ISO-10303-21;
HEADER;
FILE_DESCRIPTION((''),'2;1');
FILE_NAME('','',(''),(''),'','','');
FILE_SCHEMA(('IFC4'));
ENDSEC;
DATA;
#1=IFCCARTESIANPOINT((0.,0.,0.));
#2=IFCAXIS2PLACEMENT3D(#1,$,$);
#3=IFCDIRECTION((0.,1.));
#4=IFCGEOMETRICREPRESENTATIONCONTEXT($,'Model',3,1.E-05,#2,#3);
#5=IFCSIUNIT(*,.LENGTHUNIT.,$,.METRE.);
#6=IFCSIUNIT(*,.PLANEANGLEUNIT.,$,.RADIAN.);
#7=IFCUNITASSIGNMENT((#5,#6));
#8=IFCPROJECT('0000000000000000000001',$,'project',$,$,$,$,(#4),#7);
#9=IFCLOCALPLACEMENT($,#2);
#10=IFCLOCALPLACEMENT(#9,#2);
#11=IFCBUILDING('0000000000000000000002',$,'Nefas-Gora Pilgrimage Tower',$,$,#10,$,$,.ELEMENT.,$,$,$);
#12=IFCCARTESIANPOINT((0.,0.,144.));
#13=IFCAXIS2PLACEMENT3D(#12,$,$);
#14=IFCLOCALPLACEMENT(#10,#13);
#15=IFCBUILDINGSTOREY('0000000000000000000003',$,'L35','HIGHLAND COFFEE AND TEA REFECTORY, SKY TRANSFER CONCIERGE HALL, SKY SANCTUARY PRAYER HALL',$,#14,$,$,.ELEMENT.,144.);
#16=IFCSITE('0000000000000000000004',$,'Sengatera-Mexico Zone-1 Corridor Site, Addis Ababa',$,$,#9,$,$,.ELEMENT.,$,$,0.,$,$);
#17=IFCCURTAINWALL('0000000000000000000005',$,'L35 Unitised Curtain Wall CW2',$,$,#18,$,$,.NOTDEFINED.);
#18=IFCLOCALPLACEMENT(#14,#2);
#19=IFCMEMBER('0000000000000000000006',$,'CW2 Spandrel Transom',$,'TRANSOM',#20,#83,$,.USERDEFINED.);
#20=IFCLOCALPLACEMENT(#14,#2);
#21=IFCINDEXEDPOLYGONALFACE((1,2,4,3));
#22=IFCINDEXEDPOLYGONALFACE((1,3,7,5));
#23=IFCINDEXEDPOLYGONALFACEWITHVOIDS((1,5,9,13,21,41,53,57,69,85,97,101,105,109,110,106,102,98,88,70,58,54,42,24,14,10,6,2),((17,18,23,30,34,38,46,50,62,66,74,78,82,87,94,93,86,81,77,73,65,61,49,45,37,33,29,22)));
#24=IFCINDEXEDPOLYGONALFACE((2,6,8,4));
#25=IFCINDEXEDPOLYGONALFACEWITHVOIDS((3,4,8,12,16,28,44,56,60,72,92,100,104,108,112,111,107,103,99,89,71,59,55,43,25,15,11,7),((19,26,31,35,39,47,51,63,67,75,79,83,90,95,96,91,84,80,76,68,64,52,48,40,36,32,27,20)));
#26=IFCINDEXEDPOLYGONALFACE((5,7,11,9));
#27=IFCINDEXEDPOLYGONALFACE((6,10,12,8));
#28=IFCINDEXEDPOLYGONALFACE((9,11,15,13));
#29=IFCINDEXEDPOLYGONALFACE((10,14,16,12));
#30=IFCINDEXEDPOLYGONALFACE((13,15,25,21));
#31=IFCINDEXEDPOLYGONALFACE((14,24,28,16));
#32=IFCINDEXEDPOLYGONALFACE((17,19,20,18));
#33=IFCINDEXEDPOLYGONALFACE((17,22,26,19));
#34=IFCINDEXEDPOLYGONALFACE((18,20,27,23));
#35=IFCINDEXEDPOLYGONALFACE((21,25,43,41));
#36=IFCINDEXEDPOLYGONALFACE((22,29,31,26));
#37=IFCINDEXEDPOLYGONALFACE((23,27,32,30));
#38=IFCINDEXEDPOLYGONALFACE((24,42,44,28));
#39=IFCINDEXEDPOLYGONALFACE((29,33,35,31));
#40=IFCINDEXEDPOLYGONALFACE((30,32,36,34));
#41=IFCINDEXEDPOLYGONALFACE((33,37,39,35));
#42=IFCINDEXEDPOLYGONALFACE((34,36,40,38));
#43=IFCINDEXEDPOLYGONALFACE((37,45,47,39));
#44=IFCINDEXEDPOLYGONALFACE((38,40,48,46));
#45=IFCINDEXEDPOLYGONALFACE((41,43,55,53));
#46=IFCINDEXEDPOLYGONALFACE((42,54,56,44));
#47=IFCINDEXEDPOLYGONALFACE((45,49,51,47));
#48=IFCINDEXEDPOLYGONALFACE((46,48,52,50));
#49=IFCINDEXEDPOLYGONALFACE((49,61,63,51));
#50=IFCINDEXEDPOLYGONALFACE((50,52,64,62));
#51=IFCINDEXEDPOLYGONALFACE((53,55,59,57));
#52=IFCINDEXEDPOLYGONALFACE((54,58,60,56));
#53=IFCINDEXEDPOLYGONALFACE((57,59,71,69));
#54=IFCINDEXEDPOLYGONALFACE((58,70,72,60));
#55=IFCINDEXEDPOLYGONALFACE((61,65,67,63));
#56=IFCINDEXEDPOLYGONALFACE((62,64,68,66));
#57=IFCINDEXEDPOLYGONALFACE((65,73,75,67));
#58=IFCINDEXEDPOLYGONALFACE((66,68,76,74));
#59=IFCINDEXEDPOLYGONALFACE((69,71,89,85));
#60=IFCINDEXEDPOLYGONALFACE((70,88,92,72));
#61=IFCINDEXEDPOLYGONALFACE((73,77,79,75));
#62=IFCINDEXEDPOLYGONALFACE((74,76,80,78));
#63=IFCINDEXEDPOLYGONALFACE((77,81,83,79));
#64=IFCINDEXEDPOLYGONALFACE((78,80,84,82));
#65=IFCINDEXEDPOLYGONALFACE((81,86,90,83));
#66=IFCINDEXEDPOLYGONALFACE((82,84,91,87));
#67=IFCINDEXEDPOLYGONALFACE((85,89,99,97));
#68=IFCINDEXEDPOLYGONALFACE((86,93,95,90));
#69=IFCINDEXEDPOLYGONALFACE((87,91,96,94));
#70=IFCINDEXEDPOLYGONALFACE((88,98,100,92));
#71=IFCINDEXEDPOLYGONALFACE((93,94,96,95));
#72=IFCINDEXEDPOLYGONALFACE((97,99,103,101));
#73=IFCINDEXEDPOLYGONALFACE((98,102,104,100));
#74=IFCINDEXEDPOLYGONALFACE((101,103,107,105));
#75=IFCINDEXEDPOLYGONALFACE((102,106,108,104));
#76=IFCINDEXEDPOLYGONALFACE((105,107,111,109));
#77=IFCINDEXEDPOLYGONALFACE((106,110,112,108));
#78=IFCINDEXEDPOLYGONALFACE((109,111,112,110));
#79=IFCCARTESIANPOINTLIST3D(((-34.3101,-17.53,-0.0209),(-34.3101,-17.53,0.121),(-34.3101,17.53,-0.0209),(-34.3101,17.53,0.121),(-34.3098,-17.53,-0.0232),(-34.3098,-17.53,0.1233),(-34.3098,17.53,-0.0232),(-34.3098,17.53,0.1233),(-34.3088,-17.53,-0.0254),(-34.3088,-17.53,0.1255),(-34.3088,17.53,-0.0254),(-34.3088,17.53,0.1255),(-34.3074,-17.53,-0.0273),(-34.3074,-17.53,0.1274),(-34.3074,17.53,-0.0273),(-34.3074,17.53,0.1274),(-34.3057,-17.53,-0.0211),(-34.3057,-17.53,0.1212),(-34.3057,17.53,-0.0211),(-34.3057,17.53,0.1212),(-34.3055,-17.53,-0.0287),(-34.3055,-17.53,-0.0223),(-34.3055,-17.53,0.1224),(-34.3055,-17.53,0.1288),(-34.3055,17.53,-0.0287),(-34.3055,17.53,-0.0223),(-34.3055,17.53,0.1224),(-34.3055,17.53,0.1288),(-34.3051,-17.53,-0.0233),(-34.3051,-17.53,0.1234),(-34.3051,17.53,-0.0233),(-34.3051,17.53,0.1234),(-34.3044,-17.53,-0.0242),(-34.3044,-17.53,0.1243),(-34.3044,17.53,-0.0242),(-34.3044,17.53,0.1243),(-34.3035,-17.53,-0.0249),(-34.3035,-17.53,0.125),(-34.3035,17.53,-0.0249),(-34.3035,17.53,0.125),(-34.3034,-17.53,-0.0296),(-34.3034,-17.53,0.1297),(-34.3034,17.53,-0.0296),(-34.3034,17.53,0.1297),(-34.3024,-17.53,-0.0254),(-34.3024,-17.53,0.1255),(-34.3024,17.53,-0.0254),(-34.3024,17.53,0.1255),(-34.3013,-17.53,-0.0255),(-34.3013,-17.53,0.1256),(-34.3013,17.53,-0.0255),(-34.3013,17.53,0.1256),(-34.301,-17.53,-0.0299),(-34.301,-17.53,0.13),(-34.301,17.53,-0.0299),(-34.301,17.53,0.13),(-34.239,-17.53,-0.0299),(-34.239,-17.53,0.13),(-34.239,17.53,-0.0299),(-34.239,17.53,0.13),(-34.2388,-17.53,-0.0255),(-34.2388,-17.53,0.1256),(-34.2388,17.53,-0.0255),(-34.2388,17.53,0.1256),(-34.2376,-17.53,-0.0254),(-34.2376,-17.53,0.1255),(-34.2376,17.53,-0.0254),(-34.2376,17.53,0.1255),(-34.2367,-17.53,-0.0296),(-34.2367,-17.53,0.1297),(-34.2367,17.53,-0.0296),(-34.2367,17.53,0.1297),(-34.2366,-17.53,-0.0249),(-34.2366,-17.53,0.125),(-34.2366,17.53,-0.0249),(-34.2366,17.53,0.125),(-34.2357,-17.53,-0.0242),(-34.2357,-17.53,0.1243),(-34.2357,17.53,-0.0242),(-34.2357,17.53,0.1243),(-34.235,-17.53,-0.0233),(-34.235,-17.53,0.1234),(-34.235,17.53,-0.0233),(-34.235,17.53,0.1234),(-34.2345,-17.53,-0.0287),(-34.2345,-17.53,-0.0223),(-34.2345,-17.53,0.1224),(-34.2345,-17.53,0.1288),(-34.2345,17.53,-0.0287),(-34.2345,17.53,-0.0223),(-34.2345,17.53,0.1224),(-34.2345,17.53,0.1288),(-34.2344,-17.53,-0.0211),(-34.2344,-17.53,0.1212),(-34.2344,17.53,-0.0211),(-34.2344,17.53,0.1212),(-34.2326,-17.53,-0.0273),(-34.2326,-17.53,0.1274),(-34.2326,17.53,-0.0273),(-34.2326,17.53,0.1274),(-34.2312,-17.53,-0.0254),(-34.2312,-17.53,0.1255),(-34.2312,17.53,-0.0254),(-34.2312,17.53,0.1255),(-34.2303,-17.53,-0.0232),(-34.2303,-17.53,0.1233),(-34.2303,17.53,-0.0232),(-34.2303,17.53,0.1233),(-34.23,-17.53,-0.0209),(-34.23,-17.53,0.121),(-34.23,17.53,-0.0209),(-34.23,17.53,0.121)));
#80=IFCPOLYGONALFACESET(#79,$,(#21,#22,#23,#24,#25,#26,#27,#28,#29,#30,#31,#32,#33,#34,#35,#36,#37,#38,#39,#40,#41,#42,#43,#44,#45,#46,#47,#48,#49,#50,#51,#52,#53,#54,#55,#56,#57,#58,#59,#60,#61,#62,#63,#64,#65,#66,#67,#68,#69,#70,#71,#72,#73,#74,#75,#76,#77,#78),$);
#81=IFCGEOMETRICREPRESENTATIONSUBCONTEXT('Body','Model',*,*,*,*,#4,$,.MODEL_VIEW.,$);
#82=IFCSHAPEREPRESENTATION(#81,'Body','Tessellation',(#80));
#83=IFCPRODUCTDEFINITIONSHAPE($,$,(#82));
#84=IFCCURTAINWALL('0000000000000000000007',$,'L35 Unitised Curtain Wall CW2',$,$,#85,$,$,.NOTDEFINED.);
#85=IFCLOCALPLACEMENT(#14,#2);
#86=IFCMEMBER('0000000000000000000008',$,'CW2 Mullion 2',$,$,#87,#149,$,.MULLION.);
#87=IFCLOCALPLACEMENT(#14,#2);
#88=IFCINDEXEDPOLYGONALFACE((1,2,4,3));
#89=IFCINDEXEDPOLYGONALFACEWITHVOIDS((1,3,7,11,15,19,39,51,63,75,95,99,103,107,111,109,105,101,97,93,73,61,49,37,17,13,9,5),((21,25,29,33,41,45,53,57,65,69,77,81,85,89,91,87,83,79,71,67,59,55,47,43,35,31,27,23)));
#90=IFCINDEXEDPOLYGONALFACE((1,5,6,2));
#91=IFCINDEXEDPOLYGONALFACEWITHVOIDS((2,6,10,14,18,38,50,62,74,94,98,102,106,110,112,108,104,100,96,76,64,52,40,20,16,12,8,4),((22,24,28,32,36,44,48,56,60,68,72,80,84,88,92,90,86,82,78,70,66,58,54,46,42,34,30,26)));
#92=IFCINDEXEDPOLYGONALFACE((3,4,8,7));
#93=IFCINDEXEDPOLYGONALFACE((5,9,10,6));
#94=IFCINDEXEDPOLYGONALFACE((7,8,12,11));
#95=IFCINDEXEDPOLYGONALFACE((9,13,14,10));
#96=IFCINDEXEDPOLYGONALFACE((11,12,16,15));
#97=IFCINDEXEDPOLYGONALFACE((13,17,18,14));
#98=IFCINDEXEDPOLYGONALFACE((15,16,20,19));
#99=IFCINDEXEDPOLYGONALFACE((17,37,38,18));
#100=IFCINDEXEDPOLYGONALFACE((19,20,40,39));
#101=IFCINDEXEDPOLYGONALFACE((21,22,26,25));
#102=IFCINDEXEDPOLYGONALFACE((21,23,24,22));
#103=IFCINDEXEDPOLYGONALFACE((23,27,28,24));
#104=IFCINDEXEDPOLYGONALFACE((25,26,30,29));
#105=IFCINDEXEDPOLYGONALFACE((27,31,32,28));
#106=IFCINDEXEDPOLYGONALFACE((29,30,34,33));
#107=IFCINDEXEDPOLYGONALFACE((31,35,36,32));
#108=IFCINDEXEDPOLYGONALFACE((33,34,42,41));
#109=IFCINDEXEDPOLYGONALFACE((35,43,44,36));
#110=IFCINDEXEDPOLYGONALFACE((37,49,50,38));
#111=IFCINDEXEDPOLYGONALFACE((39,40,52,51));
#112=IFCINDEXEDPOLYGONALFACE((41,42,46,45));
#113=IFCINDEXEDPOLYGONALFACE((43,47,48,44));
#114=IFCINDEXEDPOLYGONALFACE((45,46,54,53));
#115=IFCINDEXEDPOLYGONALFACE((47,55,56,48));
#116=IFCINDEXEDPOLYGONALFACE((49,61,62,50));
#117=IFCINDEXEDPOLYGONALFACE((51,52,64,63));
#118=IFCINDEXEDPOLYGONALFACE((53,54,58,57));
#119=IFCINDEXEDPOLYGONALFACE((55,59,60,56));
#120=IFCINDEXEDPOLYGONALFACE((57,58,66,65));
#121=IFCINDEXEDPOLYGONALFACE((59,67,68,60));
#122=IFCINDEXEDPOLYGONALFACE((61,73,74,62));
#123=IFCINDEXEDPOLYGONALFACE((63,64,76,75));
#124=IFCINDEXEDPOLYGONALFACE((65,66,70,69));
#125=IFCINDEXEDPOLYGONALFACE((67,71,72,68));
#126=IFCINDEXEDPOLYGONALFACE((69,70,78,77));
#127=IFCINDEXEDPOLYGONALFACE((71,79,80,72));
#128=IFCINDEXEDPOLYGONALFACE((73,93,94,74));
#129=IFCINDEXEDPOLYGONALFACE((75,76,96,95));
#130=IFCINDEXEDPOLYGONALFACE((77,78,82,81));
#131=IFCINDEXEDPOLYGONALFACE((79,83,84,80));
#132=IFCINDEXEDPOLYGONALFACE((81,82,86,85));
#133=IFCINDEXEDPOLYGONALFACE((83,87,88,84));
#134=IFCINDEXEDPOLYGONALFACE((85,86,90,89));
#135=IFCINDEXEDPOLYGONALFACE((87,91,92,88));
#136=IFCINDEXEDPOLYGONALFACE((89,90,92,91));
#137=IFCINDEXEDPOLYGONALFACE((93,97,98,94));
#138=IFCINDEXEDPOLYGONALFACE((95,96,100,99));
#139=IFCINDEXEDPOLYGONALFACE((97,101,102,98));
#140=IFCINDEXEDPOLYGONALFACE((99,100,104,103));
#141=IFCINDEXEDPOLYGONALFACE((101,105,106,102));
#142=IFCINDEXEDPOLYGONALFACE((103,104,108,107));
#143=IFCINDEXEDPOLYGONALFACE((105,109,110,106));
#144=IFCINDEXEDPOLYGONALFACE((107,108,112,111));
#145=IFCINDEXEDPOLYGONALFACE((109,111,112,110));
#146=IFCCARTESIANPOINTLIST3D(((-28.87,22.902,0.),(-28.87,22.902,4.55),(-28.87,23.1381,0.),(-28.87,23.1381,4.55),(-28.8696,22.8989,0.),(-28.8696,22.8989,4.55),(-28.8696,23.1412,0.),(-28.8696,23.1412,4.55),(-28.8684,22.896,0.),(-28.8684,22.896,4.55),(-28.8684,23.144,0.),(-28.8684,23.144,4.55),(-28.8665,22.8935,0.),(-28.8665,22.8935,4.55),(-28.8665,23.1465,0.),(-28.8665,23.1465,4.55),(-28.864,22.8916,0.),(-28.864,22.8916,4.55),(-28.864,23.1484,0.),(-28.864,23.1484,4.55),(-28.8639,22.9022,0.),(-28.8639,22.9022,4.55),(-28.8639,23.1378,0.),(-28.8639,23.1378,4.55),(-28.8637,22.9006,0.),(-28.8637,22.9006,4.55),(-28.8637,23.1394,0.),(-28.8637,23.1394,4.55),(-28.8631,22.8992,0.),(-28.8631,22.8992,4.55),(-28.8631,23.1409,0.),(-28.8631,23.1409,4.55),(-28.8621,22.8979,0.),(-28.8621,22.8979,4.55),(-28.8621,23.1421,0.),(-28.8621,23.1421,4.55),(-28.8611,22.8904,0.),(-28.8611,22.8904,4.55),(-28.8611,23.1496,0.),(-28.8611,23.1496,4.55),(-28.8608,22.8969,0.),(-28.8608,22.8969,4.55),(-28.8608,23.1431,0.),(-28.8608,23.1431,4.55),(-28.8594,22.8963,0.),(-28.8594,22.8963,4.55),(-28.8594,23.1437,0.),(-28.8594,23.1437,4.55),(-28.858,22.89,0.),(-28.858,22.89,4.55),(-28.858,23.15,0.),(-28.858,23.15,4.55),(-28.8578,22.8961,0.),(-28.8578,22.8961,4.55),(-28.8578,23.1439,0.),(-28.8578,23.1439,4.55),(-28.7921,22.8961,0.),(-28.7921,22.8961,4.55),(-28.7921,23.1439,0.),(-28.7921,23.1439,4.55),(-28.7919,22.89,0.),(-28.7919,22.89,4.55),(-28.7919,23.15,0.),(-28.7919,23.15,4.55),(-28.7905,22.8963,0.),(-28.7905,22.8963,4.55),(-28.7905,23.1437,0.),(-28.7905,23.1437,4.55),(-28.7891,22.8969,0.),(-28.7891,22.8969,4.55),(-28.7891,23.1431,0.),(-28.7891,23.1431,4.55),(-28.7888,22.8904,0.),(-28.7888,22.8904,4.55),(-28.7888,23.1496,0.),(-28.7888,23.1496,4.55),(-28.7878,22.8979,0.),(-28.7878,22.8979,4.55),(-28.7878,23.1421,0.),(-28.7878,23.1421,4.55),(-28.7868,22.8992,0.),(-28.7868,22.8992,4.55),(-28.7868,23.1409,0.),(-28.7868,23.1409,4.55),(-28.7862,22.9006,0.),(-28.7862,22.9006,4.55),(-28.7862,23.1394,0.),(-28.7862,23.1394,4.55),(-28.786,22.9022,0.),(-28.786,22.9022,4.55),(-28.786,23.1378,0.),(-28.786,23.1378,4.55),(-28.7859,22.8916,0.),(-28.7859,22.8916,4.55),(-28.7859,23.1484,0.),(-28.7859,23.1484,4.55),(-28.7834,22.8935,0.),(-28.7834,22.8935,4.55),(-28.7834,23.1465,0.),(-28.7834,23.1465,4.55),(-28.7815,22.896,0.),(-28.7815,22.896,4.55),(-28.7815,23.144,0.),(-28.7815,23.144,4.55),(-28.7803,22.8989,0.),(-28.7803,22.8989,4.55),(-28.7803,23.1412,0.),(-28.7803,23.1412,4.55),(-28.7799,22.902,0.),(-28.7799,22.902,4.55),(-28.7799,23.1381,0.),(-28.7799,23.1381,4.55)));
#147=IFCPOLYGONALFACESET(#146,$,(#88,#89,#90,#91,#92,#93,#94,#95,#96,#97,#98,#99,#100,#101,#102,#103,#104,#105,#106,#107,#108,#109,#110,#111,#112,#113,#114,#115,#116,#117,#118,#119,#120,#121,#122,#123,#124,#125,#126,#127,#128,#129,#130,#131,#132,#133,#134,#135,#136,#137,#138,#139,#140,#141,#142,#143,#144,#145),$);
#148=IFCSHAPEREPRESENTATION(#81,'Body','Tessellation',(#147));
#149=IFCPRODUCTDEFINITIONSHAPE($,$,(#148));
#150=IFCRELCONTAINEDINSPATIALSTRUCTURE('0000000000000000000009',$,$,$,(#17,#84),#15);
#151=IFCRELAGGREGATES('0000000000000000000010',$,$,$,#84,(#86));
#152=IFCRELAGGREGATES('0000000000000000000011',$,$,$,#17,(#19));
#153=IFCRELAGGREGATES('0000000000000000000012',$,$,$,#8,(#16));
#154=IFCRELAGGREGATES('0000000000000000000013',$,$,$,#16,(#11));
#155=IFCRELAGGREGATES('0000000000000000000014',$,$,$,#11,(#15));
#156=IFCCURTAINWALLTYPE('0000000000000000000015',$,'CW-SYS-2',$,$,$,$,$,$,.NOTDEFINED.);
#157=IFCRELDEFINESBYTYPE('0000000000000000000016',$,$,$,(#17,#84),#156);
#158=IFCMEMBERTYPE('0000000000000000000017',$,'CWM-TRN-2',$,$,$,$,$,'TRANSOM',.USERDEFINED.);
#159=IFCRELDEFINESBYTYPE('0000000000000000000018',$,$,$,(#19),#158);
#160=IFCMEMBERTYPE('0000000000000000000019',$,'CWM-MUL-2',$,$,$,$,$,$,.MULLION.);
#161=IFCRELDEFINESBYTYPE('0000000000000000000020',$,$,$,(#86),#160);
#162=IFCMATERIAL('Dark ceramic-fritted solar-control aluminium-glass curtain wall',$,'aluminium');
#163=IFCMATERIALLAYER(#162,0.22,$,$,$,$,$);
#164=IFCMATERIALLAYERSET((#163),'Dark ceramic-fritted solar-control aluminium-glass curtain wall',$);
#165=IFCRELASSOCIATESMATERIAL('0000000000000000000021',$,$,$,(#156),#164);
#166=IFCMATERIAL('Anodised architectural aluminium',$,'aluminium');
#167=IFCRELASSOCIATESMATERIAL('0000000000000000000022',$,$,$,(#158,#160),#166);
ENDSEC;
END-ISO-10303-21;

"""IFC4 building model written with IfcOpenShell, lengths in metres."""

from ifc_helpers import new_model, si_unit, direction, frame, origin, origin_2d, place, context, subcontext, project, spatial, hollow_rectangle, extrude, source, transform, mapped, material, layer, layer_set, material_profile, profile_set, type_object, element, aggregate, save


model = new_model("IFC4")

# Units and contexts
model_context = context("Model", 3, precision=1e-05, world=origin(), true_north=direction((0.0, 1.0)))
body_context = subcontext(model_context, "Body", "Model", "MODEL_VIEW")
ifc_project = project(units=[si_unit("LENGTHUNIT", "METRE"), si_unit("PLANEANGLEUNIT", "RADIAN")], contexts=[model_context])

# Site, building, storey
site_placement = place(None, origin())
site = spatial("IfcSite", under=ifc_project, at=site_placement, Name="Sengatera-Mexico Zone-1 Corridor Site, Addis Ababa", CompositionType="ELEMENT", RefElevation=0.0)
building_placement = place(site_placement, origin())
building = spatial("IfcBuilding", under=site, at=building_placement, Name="Nefas-Gora Pilgrimage Tower", CompositionType="ELEMENT")
storey_placement = place(building_placement, frame((0.0, 0.0, 144.0)))
storey = spatial("IfcBuildingStorey", under=building, at=storey_placement, Name="L35", Description="HIGHLAND COFFEE AND TEA REFECTORY, SKY TRANSFER CONCIERGE HALL, SKY SANCTUARY PRAYER HALL", CompositionType="ELEMENT", Elevation=144.0)

# Curtain walls, members
ifc_material_1 = material(Name="Dark ceramic-fritted solar-control aluminium-glass curtain wall", Category="aluminium")
ifc_layer_1 = layer(ifc_material_1, 0.22)
ifc_layer_set_1 = layer_set([ifc_layer_1], Name="Dark ceramic-fritted solar-control aluminium-glass curtain wall")
curtain_wall_type = type_object("IfcCurtainWallType", Name="CW-SYS-2", PredefinedType="NOTDEFINED", material=ifc_layer_set_1)
curtain_wall_1_placement = place(storey_placement, origin())
curtain_wall_1 = element("IfcCurtainWall", 1, at=curtain_wall_1_placement, inside=storey, type_object=curtain_wall_type, Name="L35 Unitised Curtain Wall CW2", PredefinedType="NOTDEFINED")
ifc_material_2 = material(Name="Anodised architectural aluminium", Category="aluminium")
ifc_material_profile_1 = material_profile(ifc_material_2, hollow_rectangle(XDim=0.0801, YDim=0.1599, WallThickness=0.0044, InnerFilletRadius=0.0044, OuterFilletRadius=0.009, at=origin_2d()), Name="ALU TRANSOM 80x160")
ifc_profile_set_1 = profile_set([ifc_material_profile_1], Name="Anodised architectural aluminium")
member_type_1 = type_object("IfcMemberType", Name="CWM-TRN-2", ElementType="TRANSOM", PredefinedType="USERDEFINED", material=ifc_profile_set_1)
shared_shape_1 = source(origin(), body_context, "Body", "SweptSolid", [
    extrude(hollow_rectangle(XDim=0.0801, YDim=0.1599, WallThickness=0.0044, InnerFilletRadius=0.0044, OuterFilletRadius=0.009, at=origin_2d()), origin(), (0.0, 0.0, 1.0), 35.0601),
])
member_1_placement = place(storey_placement, frame((-34.27, 17.53, 0.05), z_axis=(0.0, -1.0, 0.0), x_axis=(1.0, 0.0, 0.0)))
member_1 = element("IfcMember", 2, at=member_1_placement, type_object=member_type_1, Name="CW2 Spandrel Transom", ObjectType="TRANSOM", PredefinedType="USERDEFINED", context=body_context, shape_type="MappedRepresentation", body=[
    mapped(shared_shape_1, transform((0.0, 0.0, 0.0), x_axis=(1.0, 0.0, 0.0), y_axis=(0.0, 1.0, 0.0), z_axis=(0.0, 0.0, 1.0), scale=1.0)),
])
curtain_wall_2_placement = place(storey_placement, origin())
curtain_wall_2 = element("IfcCurtainWall", 3, at=curtain_wall_2_placement, inside=storey, type_object=curtain_wall_type, Name="L35 Unitised Curtain Wall CW2", PredefinedType="NOTDEFINED")
ifc_material_profile_2 = material_profile(ifc_material_2, hollow_rectangle(XDim=0.0901, YDim=0.26, WallThickness=0.0061, InnerFilletRadius=0.0061, OuterFilletRadius=0.012, at=origin_2d()), Name="ALU MULLION 90x260")
ifc_profile_set_2 = profile_set([ifc_material_profile_2], Name="Anodised architectural aluminium")
member_type_2 = type_object("IfcMemberType", Name="CWM-MUL-2", PredefinedType="MULLION", material=ifc_profile_set_2)
shared_shape_2 = source(origin(), body_context, "Body", "SweptSolid", [
    extrude(hollow_rectangle(XDim=0.0901, YDim=0.26, WallThickness=0.0061, InnerFilletRadius=0.0061, OuterFilletRadius=0.012, at=origin_2d()), origin(), (0.0, 0.0, 1.0), 4.55),
])
member_2_placement = place(storey_placement, frame((-28.825, 23.02, 0.0), z_axis=(0.0, 0.0, 1.0), x_axis=(-1.0, 0.0, 0.0)))
member_2 = element("IfcMember", 4, at=member_2_placement, type_object=member_type_2, Name="CW2 Mullion 2", PredefinedType="MULLION", context=body_context, shape_type="MappedRepresentation", body=[
    mapped(shared_shape_2, transform((0.0, 0.0, 0.0), x_axis=(1.0, 0.0, 0.0), y_axis=(0.0, 1.0, 0.0), z_axis=(0.0, 0.0, 1.0), scale=1.0)),
])
aggregate(curtain_wall_2, [member_2])

aggregate(curtain_wall_1, [member_1])

save(model, "model.ifc")
